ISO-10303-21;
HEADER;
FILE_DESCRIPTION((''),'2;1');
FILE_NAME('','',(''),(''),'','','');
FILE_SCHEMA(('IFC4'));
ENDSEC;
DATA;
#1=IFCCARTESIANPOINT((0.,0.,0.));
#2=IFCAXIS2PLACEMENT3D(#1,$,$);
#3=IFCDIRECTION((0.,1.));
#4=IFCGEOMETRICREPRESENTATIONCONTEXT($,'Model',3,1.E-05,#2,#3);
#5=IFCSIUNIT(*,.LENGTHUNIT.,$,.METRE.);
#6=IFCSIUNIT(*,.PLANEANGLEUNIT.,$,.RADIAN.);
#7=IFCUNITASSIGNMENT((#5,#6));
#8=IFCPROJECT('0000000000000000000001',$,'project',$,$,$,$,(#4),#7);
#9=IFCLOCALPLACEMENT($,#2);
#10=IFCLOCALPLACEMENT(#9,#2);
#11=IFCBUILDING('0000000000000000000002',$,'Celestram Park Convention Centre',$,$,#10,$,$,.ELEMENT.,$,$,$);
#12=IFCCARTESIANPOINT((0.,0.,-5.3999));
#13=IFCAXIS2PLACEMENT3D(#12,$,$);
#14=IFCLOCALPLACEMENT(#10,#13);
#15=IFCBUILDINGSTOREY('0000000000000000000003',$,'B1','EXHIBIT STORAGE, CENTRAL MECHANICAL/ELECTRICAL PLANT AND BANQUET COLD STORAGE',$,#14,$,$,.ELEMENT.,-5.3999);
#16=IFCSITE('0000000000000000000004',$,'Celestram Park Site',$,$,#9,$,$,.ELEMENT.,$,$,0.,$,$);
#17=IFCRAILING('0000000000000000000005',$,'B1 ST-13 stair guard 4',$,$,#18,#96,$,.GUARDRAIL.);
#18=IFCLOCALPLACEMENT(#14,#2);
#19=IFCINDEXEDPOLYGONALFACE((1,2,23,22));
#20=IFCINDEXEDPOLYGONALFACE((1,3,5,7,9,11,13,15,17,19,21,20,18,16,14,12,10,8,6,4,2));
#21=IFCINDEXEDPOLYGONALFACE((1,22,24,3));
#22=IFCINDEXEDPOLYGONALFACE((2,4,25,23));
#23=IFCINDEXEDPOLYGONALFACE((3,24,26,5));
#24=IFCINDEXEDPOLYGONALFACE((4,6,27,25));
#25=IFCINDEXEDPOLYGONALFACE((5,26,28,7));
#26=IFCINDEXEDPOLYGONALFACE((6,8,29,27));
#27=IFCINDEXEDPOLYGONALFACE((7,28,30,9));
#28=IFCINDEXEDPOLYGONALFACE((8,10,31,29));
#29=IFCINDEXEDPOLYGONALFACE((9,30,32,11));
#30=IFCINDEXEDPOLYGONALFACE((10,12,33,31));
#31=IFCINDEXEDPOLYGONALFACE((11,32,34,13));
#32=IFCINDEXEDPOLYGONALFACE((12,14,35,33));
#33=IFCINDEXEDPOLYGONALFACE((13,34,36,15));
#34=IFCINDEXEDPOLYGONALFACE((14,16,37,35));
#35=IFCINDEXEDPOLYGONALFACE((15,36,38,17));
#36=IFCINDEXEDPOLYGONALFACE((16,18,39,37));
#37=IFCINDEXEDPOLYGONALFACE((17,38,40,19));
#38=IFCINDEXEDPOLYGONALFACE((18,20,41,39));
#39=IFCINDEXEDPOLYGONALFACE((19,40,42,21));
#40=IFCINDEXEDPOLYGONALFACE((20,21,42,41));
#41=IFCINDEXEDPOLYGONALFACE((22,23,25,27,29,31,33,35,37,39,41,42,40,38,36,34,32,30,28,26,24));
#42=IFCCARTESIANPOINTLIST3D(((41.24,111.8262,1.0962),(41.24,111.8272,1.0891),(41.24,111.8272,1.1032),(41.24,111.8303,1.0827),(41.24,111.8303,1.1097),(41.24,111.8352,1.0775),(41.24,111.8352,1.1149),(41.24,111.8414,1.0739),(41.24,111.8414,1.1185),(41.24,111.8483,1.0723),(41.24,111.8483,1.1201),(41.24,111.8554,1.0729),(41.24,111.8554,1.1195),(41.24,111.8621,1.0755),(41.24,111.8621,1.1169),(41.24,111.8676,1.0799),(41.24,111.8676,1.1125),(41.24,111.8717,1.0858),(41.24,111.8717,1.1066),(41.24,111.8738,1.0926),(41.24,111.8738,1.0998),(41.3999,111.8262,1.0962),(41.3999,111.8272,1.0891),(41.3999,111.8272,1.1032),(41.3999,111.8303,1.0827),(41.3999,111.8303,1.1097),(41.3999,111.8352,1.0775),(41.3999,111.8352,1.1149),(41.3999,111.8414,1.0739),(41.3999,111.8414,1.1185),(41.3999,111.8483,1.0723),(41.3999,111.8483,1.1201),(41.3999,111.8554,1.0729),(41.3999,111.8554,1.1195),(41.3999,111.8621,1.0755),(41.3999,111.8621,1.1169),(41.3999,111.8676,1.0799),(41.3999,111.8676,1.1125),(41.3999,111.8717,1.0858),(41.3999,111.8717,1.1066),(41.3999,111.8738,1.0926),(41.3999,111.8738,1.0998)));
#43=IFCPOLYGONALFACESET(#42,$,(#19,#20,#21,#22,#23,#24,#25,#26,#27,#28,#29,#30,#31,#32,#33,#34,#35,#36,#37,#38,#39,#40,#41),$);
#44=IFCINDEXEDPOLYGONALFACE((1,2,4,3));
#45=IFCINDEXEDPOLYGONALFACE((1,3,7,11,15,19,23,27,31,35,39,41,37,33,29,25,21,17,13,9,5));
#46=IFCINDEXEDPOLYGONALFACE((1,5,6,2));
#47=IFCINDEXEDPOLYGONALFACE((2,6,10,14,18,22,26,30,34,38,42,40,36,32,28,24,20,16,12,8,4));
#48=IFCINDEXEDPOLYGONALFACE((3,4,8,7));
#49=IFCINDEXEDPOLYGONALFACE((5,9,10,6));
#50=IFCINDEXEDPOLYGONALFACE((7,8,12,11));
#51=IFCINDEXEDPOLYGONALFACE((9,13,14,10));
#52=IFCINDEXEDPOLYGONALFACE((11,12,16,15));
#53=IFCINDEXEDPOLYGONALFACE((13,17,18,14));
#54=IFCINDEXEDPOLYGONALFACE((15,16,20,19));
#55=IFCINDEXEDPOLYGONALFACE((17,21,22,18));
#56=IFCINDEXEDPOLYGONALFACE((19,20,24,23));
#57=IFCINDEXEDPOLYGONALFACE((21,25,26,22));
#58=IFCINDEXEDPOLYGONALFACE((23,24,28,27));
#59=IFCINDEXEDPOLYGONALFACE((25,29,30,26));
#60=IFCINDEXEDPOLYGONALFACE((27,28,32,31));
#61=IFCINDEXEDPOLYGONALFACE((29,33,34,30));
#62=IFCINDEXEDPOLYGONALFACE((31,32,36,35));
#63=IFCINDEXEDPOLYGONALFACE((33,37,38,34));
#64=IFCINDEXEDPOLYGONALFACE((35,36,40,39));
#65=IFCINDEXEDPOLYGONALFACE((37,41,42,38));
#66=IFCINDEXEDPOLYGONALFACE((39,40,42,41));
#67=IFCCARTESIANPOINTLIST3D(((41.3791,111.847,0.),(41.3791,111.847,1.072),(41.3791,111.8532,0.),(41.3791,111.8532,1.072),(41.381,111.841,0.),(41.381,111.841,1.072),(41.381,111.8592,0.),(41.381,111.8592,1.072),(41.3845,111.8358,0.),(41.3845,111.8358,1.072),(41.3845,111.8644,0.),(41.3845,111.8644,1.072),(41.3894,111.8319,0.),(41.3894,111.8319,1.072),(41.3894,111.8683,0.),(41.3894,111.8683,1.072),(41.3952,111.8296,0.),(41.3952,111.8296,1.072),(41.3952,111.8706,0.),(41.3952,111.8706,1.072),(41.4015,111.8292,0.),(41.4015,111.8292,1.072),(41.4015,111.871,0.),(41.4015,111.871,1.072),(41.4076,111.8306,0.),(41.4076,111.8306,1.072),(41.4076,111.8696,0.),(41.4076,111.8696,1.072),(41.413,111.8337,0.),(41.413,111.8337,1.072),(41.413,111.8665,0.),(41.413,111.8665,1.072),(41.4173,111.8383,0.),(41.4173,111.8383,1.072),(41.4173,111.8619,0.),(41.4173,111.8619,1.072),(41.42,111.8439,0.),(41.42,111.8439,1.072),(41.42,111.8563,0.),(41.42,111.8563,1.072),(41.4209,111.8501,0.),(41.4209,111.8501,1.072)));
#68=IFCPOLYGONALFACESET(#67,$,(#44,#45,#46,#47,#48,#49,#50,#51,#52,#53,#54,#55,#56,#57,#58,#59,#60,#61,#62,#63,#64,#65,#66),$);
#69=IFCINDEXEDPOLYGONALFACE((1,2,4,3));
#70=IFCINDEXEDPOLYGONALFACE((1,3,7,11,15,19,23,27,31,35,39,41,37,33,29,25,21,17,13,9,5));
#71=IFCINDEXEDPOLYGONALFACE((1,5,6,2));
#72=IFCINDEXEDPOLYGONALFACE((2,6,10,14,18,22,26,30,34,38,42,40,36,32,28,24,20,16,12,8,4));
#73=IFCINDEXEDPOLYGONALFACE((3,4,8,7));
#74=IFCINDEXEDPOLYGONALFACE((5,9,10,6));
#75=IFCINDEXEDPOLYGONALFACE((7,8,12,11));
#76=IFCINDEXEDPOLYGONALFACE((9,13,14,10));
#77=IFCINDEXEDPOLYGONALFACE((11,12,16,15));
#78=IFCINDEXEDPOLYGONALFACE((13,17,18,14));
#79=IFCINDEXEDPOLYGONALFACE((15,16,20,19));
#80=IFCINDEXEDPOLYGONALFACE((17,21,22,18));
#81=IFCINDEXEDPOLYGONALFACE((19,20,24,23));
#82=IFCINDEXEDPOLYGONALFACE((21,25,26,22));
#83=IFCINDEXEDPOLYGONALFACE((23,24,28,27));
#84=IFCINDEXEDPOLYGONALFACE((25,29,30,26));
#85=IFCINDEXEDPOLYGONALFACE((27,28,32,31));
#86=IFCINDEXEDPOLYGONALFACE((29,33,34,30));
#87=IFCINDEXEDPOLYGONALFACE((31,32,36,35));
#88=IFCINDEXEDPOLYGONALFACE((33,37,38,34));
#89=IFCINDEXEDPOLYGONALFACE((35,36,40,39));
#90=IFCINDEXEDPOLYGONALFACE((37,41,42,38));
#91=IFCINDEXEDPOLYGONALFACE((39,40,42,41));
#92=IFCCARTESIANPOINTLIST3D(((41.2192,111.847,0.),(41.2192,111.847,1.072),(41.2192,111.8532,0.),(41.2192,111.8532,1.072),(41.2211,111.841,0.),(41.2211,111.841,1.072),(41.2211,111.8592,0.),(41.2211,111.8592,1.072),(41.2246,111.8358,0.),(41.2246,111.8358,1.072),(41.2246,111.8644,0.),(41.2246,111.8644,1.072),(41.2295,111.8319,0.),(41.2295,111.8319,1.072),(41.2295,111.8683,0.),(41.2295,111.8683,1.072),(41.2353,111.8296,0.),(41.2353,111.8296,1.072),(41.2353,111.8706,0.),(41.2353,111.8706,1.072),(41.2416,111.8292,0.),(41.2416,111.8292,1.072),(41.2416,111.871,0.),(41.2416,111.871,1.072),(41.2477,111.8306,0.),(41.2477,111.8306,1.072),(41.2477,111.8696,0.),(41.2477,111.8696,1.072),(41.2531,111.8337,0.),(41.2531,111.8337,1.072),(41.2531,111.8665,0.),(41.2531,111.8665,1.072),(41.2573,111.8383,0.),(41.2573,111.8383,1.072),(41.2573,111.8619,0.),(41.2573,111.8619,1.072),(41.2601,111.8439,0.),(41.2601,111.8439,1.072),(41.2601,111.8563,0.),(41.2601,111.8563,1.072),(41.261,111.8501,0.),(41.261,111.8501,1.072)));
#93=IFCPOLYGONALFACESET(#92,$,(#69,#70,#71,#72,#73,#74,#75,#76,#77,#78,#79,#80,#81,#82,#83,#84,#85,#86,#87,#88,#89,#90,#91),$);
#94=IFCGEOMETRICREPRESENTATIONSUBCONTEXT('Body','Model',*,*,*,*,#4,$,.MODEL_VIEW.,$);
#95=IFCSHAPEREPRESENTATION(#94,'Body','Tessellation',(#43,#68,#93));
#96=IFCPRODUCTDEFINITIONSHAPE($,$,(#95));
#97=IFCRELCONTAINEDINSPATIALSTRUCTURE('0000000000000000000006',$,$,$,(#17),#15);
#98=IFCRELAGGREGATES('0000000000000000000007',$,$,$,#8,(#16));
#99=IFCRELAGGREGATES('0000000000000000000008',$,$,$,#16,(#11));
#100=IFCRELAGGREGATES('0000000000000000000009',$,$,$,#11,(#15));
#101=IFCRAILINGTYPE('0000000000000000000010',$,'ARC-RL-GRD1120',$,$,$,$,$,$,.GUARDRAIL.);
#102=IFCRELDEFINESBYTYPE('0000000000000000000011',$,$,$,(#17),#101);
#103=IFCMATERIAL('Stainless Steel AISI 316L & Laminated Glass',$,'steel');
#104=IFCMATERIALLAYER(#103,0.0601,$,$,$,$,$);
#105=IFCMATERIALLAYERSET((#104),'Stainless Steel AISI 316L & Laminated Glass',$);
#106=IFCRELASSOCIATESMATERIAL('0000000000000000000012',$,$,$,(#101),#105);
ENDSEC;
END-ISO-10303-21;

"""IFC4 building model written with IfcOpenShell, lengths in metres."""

from ifc_helpers import new_model, si_unit, direction, frame, origin, origin_2d, place, context, subcontext, project, spatial, circle, extrude, material, layer, layer_set, type_object, element, save


model = new_model("IFC4")

# Units and contexts
model_context = context("Model", 3, precision=1e-05, world=origin(), true_north=direction((0.0, 1.0)))
body_context = subcontext(model_context, "Body", "Model", "MODEL_VIEW")
ifc_project = project(units=[si_unit("LENGTHUNIT", "METRE"), si_unit("PLANEANGLEUNIT", "RADIAN")], contexts=[model_context])

# Site, building, storey
site_placement = place(None, origin())
site = spatial("IfcSite", under=ifc_project, at=site_placement, Name="Celestram Park Site", CompositionType="ELEMENT", RefElevation=0.0)
building_placement = place(site_placement, origin())
building = spatial("IfcBuilding", under=site, at=building_placement, Name="Celestram Park Convention Centre", CompositionType="ELEMENT")
storey_placement = place(building_placement, frame((0.0, 0.0, -5.3999)))
storey = spatial("IfcBuildingStorey", under=building, at=storey_placement, Name="B1", Description="EXHIBIT STORAGE, CENTRAL MECHANICAL/ELECTRICAL PLANT AND BANQUET COLD STORAGE", CompositionType="ELEMENT", Elevation=-5.3999)

# Railing
ifc_material_1 = material(Name="Stainless Steel AISI 316L & Laminated Glass", Category="steel")
ifc_layer_1 = layer(ifc_material_1, 0.0601)
ifc_layer_set_1 = layer_set([ifc_layer_1], Name="Stainless Steel AISI 316L & Laminated Glass")
railing_type_1 = type_object("IfcRailingType", Name="ARC-RL-GRD1120", PredefinedType="GUARDRAIL", material=ifc_layer_set_1)
railing_1_placement = place(storey_placement, frame((41.3999, 111.8501, 0.0)))
element("IfcRailing", 1, at=railing_1_placement, inside=storey, type_object=railing_type_1, Name="B1 ST-13 stair guard 4", PredefinedType="GUARDRAIL", context=body_context, shape_type="SweptSolid", body=[
    extrude(circle(Radius=0.0239, at=origin_2d()), frame((0.0, 0.0, 1.0962), z_axis=(-1.0, 0.0, 0.0), x_axis=(0.0, -1.0, 0.0)), (0.0, 0.0, 1.0), 0.1599),
    extrude(circle(Radius=0.021, at=origin_2d()), origin(), (0.0, 0.0, 1.0), 1.072),
    extrude(circle(Radius=0.021, at=origin_2d()), frame((-0.1599, 0.0, 0.0)), (0.0, 0.0, 1.0), 1.072),
])

save(model, "model.ifc")
